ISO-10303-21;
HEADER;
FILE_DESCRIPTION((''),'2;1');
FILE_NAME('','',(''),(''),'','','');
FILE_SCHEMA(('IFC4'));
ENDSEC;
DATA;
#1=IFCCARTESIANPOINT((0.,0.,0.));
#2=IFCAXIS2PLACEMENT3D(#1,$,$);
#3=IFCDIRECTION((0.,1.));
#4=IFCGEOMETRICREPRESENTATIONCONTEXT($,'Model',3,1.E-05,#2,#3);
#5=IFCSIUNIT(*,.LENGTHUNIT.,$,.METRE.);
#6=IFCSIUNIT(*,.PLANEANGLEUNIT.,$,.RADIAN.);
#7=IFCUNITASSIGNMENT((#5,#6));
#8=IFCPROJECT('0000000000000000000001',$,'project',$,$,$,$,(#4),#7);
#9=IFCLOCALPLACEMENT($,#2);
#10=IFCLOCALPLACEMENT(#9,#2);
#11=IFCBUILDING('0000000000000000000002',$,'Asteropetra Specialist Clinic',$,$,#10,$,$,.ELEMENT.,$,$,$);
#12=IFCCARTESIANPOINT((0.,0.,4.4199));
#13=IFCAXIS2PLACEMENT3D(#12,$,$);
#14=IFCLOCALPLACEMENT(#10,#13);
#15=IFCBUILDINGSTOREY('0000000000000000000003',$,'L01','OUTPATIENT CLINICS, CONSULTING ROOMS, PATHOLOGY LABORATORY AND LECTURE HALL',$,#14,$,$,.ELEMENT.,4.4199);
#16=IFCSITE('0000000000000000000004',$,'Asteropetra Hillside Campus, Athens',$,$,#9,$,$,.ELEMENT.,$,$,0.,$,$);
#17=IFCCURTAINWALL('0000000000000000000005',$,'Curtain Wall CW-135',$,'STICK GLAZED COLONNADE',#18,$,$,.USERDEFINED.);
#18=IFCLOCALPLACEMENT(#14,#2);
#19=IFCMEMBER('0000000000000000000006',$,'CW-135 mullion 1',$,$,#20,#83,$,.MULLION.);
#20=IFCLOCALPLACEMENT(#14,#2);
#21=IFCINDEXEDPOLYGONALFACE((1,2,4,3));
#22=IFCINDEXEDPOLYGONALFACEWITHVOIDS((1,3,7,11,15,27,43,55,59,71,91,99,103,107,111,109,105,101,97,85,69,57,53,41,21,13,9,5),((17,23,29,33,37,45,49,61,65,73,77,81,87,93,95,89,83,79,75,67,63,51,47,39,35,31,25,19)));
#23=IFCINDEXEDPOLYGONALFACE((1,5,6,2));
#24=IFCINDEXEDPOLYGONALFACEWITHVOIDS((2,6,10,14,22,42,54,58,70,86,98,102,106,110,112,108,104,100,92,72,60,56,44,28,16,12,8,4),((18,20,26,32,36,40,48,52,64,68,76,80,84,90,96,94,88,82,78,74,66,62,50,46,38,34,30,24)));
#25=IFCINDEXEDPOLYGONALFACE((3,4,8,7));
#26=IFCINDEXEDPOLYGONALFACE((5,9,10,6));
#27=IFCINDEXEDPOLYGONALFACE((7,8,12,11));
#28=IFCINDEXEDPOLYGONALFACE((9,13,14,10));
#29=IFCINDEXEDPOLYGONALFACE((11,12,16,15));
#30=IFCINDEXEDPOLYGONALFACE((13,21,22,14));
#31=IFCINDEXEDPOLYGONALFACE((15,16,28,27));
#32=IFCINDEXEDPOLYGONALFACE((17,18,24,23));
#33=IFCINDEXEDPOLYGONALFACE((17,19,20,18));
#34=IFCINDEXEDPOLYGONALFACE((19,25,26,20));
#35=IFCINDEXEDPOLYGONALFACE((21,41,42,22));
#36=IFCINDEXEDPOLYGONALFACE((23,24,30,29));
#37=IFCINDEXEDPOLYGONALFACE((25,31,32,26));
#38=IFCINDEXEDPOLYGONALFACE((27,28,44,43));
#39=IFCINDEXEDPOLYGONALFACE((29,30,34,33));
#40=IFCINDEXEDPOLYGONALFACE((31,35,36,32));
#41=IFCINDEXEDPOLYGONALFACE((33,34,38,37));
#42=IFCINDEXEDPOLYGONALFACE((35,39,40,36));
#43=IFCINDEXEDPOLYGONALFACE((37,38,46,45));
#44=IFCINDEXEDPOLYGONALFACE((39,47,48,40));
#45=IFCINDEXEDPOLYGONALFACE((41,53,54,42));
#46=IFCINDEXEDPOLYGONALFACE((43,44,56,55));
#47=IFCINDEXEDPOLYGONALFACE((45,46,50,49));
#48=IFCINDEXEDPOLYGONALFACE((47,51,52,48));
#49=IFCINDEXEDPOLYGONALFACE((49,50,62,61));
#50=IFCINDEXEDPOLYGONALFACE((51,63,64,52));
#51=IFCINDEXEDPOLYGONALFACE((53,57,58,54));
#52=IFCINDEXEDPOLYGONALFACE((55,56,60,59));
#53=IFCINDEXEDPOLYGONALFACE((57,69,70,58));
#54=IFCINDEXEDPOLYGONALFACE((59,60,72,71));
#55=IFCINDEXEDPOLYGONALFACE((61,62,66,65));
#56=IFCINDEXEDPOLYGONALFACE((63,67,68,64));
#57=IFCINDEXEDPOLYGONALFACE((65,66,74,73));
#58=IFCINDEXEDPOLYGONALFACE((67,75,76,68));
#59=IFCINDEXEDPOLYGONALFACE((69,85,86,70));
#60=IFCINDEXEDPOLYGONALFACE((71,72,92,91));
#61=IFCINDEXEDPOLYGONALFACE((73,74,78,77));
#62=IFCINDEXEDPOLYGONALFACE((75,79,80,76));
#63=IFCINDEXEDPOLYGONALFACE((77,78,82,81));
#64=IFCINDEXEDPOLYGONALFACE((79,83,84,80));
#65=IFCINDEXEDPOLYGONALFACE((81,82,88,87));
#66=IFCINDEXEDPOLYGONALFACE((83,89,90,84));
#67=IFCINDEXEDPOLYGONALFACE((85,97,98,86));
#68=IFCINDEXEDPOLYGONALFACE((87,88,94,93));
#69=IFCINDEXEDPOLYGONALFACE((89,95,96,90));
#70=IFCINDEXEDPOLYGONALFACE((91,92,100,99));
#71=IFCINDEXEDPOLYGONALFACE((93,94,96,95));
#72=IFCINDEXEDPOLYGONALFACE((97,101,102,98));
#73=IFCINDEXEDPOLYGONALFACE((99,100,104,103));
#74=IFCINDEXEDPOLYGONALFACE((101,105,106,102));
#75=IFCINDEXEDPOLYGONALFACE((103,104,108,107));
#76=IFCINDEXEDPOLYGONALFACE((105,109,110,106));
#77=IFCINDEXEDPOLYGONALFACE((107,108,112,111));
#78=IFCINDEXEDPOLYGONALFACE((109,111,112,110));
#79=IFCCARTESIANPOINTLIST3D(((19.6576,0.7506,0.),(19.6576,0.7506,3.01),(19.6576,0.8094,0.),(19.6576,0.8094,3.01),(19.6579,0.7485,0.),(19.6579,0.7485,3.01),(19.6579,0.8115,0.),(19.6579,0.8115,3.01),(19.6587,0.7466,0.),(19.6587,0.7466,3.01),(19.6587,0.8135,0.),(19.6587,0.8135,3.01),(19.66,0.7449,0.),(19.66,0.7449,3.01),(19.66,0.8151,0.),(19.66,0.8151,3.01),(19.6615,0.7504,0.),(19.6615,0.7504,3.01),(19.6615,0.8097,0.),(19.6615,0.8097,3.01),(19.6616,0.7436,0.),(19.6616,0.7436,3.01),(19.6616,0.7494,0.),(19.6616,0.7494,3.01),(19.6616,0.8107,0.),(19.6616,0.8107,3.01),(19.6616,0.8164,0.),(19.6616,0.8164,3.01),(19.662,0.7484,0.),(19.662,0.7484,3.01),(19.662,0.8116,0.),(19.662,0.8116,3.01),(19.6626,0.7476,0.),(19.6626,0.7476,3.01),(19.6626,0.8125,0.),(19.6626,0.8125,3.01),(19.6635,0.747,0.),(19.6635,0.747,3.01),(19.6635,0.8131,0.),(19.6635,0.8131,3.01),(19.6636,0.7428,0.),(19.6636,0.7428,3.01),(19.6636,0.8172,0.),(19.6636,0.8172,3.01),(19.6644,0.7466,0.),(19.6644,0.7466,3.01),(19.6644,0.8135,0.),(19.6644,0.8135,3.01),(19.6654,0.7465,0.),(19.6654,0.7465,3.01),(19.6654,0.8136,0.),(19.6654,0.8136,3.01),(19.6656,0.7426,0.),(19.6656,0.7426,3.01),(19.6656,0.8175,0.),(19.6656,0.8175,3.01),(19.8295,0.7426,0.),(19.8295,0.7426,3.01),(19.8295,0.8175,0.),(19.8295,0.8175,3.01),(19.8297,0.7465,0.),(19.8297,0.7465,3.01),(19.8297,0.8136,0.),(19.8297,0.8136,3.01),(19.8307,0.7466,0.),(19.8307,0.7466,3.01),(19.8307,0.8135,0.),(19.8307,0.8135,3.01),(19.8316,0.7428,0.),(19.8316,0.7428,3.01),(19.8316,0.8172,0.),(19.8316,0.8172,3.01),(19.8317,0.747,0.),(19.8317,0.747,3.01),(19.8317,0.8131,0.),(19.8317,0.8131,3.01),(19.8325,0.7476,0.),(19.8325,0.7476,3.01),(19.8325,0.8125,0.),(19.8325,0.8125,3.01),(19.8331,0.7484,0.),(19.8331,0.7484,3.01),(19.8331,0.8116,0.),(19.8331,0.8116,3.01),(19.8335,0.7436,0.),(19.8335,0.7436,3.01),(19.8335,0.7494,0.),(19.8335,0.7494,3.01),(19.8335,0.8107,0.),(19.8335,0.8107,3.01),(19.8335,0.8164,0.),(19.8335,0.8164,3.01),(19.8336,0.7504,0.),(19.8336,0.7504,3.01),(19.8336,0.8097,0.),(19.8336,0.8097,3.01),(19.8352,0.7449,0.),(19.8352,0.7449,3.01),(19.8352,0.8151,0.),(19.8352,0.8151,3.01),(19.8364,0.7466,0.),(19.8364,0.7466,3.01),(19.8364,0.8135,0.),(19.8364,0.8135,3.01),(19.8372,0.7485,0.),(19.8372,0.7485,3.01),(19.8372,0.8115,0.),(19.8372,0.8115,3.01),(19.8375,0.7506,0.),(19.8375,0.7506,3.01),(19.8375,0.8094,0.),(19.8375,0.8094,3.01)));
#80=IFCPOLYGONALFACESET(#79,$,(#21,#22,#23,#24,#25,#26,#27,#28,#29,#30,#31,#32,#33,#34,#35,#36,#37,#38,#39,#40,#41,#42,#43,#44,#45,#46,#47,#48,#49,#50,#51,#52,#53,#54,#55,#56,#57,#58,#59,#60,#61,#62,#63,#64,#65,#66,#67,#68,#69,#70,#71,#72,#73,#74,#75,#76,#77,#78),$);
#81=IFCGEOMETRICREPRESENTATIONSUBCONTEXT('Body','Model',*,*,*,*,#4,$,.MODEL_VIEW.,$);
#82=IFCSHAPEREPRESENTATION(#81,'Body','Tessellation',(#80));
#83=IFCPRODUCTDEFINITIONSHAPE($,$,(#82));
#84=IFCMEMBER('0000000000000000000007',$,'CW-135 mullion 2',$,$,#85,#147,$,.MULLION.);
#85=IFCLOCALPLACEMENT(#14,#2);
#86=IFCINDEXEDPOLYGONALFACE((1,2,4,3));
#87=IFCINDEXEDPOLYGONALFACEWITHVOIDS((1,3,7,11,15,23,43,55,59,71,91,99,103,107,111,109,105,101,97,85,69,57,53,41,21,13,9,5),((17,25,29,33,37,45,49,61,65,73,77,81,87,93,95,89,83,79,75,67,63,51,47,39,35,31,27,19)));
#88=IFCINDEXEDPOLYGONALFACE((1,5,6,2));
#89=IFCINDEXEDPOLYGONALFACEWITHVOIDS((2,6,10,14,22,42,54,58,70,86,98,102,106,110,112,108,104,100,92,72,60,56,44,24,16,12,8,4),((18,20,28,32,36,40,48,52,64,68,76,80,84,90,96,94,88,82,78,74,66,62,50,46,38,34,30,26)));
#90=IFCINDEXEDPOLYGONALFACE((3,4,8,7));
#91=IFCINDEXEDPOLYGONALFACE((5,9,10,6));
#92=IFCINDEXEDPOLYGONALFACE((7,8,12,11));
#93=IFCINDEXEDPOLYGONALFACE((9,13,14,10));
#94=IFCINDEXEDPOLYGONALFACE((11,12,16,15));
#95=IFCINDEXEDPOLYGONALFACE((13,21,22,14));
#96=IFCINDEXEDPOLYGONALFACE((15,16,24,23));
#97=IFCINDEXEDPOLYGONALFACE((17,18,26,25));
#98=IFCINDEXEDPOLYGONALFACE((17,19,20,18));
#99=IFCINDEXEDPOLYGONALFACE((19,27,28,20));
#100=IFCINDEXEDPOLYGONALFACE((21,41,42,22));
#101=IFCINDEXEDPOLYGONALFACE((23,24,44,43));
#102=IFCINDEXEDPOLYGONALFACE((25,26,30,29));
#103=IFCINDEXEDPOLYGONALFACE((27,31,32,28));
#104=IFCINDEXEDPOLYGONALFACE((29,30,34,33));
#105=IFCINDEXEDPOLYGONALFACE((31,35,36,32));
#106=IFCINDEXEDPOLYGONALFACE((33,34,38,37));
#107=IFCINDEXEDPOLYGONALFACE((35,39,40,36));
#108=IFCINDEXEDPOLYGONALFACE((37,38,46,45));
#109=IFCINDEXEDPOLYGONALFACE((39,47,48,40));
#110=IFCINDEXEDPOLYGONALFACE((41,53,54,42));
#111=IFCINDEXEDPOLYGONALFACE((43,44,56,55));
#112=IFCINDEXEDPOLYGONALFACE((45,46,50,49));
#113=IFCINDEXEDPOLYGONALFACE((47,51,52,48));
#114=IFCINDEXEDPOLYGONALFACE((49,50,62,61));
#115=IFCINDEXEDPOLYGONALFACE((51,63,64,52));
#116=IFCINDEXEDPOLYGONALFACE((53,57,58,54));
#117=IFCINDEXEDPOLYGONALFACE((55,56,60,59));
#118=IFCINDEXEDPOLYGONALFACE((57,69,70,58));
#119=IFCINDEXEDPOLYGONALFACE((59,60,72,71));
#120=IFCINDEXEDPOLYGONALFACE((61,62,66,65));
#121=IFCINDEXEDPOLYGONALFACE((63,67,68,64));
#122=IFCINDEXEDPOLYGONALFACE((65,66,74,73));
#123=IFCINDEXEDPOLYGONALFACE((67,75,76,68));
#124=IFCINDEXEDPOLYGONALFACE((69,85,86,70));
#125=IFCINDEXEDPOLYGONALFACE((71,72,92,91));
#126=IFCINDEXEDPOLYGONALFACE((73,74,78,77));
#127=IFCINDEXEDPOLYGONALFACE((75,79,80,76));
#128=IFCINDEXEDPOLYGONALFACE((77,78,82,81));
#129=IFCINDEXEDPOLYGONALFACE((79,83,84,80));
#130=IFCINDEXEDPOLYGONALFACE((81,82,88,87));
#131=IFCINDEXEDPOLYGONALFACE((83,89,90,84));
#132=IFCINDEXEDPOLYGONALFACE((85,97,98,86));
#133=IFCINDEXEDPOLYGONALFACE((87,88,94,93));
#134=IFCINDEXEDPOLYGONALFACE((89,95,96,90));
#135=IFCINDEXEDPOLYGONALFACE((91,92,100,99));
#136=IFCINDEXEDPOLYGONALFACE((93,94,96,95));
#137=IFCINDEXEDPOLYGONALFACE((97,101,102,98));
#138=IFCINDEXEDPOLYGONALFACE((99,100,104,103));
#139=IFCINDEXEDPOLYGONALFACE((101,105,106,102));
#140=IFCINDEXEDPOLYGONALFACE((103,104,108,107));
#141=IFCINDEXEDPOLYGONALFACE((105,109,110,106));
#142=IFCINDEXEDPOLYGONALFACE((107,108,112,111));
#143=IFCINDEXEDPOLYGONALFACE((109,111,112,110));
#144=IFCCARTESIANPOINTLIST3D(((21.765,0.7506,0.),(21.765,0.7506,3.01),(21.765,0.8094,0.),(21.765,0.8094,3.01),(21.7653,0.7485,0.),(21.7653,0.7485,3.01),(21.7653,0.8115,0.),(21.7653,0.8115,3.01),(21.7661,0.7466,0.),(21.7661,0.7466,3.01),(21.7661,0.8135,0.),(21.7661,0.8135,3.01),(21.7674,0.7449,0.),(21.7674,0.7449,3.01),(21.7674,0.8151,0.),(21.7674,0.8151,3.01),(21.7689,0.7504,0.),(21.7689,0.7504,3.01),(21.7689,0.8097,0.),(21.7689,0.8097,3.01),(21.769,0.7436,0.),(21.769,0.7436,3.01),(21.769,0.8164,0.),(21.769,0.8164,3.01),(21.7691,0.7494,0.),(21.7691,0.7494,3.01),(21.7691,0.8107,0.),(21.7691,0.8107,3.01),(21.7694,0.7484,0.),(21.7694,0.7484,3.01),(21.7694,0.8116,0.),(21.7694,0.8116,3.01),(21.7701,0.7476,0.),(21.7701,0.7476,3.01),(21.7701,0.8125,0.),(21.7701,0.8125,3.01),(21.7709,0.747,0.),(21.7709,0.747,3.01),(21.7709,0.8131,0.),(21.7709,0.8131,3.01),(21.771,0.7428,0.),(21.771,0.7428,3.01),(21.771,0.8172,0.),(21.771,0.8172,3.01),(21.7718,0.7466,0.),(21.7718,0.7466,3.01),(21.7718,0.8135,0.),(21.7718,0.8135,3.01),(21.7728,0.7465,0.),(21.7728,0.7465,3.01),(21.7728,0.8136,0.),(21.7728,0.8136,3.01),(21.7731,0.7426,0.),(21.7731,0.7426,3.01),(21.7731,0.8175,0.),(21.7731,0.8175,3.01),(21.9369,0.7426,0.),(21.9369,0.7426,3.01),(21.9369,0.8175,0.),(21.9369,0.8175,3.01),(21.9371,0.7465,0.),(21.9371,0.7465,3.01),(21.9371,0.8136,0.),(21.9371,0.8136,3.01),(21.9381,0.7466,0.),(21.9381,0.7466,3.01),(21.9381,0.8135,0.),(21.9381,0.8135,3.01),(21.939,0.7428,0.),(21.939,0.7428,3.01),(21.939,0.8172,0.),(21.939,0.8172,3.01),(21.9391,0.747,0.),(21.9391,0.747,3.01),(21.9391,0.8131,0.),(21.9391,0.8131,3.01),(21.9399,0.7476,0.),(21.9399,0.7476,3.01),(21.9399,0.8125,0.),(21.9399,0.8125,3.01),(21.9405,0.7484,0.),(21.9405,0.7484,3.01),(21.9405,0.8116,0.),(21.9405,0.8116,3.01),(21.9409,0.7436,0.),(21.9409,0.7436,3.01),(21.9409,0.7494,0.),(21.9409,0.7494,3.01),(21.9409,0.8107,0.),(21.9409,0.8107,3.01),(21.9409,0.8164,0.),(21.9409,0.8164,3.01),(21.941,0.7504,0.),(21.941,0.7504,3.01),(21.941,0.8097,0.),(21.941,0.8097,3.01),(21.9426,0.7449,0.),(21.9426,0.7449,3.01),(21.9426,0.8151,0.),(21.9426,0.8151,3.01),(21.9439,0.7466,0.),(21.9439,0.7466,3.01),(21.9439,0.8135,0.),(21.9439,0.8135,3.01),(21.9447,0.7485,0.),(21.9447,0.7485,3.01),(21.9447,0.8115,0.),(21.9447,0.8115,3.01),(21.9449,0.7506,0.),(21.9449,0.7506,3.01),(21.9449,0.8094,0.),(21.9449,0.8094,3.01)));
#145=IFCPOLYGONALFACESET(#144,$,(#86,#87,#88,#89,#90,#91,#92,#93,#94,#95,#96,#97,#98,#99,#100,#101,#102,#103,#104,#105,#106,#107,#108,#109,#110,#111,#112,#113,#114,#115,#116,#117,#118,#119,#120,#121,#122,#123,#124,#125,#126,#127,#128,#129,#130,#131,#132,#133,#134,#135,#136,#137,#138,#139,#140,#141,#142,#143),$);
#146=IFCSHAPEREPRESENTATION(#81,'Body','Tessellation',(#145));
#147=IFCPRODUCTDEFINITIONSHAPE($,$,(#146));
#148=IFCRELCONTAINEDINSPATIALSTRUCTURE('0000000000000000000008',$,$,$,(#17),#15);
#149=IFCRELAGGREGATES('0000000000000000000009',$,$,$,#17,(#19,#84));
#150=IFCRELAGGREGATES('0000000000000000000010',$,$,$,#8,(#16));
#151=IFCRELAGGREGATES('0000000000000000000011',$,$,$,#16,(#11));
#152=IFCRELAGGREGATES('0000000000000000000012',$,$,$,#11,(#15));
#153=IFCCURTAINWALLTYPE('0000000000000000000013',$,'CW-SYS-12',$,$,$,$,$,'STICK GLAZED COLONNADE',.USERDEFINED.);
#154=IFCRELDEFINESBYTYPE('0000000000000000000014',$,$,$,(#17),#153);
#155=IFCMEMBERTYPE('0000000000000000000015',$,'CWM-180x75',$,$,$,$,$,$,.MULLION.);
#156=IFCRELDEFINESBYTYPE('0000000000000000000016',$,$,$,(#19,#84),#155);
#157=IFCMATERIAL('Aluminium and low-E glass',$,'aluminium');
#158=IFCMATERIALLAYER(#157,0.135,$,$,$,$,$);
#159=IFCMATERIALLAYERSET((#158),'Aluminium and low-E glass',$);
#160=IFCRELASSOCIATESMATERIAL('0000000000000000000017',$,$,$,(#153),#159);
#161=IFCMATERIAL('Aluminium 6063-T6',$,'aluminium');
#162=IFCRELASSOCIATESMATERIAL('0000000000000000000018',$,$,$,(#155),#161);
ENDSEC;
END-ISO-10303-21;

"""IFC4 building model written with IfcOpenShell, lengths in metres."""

from ifc_helpers import new_model, si_unit, direction, frame, origin, origin_2d, place, context, subcontext, project, spatial, hollow_rectangle, extrude, material, layer, layer_set, material_profile, profile_set, type_object, element, aggregate, save


model = new_model("IFC4")

# Units and contexts
model_context = context("Model", 3, precision=1e-05, world=origin(), true_north=direction((0.0, 1.0)))
body_context = subcontext(model_context, "Body", "Model", "MODEL_VIEW")
ifc_project = project(units=[si_unit("LENGTHUNIT", "METRE"), si_unit("PLANEANGLEUNIT", "RADIAN")], contexts=[model_context])

# Site, building, storey
site_placement = place(None, origin())
site = spatial("IfcSite", under=ifc_project, at=site_placement, Name="Asteropetra Hillside Campus, Athens", CompositionType="ELEMENT", RefElevation=0.0)
building_placement = place(site_placement, origin())
building = spatial("IfcBuilding", under=site, at=building_placement, Name="Asteropetra Specialist Clinic", CompositionType="ELEMENT")
storey_placement = place(building_placement, frame((0.0, 0.0, 4.4199)))
storey = spatial("IfcBuildingStorey", under=building, at=storey_placement, Name="L01", Description="OUTPATIENT CLINICS, CONSULTING ROOMS, PATHOLOGY LABORATORY AND LECTURE HALL", CompositionType="ELEMENT", Elevation=4.4199)

# Curtain wall, members
ifc_material_1 = material(Name="Aluminium and low-E glass", Category="aluminium")
ifc_layer_1 = layer(ifc_material_1, 0.135)
ifc_layer_set_1 = layer_set([ifc_layer_1], Name="Aluminium and low-E glass")
curtain_wall_type_1 = type_object("IfcCurtainWallType", Name="CW-SYS-12", ElementType="STICK GLAZED COLONNADE", PredefinedType="USERDEFINED", material=ifc_layer_set_1)
curtain_wall_1_placement = place(storey_placement, origin())
curtain_wall_1 = element("IfcCurtainWall", 1, at=curtain_wall_1_placement, inside=storey, type_object=curtain_wall_type_1, Name="Curtain Wall CW-135", ObjectType="STICK GLAZED COLONNADE", PredefinedType="USERDEFINED")
ifc_material_2 = material(Name="Aluminium 6063-T6", Category="aluminium")
ifc_material_profile_1 = material_profile(ifc_material_2, hollow_rectangle(XDim=0.075, YDim=0.1799, WallThickness=0.0039, InnerFilletRadius=0.0039, OuterFilletRadius=0.0081, at=origin_2d()), Name="MUL 180x75x4.0")
ifc_profile_set_1 = profile_set([ifc_material_profile_1], Name="Aluminium 6063-T6")
member_type_1 = type_object("IfcMemberType", Name="CWM-180x75", PredefinedType="MULLION", material=ifc_profile_set_1)
member_1_placement = place(storey_placement, frame((19.7476, 0.78, 0.0), z_axis=(0.0, 0.0, 1.0), x_axis=(0.0, 1.0, 0.0)))
member_1 = element("IfcMember", 2, at=member_1_placement, type_object=member_type_1, Name="CW-135 mullion 1", PredefinedType="MULLION", context=body_context, shape_type="SweptSolid", body=[
    extrude(hollow_rectangle(XDim=0.075, YDim=0.1799, WallThickness=0.0039, InnerFilletRadius=0.0039, OuterFilletRadius=0.0081, at=origin_2d()), origin(), (0.0, 0.0, 1.0), 3.01),
])
member_2_placement = place(storey_placement, frame((21.855, 0.78, 0.0), z_axis=(0.0, 0.0, 1.0), x_axis=(0.0, 1.0, 0.0)))
member_2 = element("IfcMember", 3, at=member_2_placement, type_object=member_type_1, Name="CW-135 mullion 2", PredefinedType="MULLION", context=body_context, shape_type="SweptSolid", body=[
    extrude(hollow_rectangle(XDim=0.075, YDim=0.1799, WallThickness=0.0039, InnerFilletRadius=0.0039, OuterFilletRadius=0.0081, at=origin_2d()), origin(), (0.0, 0.0, 1.0), 3.01),
])

aggregate(curtain_wall_1, [member_1, member_2])

save(model, "model.ifc")
